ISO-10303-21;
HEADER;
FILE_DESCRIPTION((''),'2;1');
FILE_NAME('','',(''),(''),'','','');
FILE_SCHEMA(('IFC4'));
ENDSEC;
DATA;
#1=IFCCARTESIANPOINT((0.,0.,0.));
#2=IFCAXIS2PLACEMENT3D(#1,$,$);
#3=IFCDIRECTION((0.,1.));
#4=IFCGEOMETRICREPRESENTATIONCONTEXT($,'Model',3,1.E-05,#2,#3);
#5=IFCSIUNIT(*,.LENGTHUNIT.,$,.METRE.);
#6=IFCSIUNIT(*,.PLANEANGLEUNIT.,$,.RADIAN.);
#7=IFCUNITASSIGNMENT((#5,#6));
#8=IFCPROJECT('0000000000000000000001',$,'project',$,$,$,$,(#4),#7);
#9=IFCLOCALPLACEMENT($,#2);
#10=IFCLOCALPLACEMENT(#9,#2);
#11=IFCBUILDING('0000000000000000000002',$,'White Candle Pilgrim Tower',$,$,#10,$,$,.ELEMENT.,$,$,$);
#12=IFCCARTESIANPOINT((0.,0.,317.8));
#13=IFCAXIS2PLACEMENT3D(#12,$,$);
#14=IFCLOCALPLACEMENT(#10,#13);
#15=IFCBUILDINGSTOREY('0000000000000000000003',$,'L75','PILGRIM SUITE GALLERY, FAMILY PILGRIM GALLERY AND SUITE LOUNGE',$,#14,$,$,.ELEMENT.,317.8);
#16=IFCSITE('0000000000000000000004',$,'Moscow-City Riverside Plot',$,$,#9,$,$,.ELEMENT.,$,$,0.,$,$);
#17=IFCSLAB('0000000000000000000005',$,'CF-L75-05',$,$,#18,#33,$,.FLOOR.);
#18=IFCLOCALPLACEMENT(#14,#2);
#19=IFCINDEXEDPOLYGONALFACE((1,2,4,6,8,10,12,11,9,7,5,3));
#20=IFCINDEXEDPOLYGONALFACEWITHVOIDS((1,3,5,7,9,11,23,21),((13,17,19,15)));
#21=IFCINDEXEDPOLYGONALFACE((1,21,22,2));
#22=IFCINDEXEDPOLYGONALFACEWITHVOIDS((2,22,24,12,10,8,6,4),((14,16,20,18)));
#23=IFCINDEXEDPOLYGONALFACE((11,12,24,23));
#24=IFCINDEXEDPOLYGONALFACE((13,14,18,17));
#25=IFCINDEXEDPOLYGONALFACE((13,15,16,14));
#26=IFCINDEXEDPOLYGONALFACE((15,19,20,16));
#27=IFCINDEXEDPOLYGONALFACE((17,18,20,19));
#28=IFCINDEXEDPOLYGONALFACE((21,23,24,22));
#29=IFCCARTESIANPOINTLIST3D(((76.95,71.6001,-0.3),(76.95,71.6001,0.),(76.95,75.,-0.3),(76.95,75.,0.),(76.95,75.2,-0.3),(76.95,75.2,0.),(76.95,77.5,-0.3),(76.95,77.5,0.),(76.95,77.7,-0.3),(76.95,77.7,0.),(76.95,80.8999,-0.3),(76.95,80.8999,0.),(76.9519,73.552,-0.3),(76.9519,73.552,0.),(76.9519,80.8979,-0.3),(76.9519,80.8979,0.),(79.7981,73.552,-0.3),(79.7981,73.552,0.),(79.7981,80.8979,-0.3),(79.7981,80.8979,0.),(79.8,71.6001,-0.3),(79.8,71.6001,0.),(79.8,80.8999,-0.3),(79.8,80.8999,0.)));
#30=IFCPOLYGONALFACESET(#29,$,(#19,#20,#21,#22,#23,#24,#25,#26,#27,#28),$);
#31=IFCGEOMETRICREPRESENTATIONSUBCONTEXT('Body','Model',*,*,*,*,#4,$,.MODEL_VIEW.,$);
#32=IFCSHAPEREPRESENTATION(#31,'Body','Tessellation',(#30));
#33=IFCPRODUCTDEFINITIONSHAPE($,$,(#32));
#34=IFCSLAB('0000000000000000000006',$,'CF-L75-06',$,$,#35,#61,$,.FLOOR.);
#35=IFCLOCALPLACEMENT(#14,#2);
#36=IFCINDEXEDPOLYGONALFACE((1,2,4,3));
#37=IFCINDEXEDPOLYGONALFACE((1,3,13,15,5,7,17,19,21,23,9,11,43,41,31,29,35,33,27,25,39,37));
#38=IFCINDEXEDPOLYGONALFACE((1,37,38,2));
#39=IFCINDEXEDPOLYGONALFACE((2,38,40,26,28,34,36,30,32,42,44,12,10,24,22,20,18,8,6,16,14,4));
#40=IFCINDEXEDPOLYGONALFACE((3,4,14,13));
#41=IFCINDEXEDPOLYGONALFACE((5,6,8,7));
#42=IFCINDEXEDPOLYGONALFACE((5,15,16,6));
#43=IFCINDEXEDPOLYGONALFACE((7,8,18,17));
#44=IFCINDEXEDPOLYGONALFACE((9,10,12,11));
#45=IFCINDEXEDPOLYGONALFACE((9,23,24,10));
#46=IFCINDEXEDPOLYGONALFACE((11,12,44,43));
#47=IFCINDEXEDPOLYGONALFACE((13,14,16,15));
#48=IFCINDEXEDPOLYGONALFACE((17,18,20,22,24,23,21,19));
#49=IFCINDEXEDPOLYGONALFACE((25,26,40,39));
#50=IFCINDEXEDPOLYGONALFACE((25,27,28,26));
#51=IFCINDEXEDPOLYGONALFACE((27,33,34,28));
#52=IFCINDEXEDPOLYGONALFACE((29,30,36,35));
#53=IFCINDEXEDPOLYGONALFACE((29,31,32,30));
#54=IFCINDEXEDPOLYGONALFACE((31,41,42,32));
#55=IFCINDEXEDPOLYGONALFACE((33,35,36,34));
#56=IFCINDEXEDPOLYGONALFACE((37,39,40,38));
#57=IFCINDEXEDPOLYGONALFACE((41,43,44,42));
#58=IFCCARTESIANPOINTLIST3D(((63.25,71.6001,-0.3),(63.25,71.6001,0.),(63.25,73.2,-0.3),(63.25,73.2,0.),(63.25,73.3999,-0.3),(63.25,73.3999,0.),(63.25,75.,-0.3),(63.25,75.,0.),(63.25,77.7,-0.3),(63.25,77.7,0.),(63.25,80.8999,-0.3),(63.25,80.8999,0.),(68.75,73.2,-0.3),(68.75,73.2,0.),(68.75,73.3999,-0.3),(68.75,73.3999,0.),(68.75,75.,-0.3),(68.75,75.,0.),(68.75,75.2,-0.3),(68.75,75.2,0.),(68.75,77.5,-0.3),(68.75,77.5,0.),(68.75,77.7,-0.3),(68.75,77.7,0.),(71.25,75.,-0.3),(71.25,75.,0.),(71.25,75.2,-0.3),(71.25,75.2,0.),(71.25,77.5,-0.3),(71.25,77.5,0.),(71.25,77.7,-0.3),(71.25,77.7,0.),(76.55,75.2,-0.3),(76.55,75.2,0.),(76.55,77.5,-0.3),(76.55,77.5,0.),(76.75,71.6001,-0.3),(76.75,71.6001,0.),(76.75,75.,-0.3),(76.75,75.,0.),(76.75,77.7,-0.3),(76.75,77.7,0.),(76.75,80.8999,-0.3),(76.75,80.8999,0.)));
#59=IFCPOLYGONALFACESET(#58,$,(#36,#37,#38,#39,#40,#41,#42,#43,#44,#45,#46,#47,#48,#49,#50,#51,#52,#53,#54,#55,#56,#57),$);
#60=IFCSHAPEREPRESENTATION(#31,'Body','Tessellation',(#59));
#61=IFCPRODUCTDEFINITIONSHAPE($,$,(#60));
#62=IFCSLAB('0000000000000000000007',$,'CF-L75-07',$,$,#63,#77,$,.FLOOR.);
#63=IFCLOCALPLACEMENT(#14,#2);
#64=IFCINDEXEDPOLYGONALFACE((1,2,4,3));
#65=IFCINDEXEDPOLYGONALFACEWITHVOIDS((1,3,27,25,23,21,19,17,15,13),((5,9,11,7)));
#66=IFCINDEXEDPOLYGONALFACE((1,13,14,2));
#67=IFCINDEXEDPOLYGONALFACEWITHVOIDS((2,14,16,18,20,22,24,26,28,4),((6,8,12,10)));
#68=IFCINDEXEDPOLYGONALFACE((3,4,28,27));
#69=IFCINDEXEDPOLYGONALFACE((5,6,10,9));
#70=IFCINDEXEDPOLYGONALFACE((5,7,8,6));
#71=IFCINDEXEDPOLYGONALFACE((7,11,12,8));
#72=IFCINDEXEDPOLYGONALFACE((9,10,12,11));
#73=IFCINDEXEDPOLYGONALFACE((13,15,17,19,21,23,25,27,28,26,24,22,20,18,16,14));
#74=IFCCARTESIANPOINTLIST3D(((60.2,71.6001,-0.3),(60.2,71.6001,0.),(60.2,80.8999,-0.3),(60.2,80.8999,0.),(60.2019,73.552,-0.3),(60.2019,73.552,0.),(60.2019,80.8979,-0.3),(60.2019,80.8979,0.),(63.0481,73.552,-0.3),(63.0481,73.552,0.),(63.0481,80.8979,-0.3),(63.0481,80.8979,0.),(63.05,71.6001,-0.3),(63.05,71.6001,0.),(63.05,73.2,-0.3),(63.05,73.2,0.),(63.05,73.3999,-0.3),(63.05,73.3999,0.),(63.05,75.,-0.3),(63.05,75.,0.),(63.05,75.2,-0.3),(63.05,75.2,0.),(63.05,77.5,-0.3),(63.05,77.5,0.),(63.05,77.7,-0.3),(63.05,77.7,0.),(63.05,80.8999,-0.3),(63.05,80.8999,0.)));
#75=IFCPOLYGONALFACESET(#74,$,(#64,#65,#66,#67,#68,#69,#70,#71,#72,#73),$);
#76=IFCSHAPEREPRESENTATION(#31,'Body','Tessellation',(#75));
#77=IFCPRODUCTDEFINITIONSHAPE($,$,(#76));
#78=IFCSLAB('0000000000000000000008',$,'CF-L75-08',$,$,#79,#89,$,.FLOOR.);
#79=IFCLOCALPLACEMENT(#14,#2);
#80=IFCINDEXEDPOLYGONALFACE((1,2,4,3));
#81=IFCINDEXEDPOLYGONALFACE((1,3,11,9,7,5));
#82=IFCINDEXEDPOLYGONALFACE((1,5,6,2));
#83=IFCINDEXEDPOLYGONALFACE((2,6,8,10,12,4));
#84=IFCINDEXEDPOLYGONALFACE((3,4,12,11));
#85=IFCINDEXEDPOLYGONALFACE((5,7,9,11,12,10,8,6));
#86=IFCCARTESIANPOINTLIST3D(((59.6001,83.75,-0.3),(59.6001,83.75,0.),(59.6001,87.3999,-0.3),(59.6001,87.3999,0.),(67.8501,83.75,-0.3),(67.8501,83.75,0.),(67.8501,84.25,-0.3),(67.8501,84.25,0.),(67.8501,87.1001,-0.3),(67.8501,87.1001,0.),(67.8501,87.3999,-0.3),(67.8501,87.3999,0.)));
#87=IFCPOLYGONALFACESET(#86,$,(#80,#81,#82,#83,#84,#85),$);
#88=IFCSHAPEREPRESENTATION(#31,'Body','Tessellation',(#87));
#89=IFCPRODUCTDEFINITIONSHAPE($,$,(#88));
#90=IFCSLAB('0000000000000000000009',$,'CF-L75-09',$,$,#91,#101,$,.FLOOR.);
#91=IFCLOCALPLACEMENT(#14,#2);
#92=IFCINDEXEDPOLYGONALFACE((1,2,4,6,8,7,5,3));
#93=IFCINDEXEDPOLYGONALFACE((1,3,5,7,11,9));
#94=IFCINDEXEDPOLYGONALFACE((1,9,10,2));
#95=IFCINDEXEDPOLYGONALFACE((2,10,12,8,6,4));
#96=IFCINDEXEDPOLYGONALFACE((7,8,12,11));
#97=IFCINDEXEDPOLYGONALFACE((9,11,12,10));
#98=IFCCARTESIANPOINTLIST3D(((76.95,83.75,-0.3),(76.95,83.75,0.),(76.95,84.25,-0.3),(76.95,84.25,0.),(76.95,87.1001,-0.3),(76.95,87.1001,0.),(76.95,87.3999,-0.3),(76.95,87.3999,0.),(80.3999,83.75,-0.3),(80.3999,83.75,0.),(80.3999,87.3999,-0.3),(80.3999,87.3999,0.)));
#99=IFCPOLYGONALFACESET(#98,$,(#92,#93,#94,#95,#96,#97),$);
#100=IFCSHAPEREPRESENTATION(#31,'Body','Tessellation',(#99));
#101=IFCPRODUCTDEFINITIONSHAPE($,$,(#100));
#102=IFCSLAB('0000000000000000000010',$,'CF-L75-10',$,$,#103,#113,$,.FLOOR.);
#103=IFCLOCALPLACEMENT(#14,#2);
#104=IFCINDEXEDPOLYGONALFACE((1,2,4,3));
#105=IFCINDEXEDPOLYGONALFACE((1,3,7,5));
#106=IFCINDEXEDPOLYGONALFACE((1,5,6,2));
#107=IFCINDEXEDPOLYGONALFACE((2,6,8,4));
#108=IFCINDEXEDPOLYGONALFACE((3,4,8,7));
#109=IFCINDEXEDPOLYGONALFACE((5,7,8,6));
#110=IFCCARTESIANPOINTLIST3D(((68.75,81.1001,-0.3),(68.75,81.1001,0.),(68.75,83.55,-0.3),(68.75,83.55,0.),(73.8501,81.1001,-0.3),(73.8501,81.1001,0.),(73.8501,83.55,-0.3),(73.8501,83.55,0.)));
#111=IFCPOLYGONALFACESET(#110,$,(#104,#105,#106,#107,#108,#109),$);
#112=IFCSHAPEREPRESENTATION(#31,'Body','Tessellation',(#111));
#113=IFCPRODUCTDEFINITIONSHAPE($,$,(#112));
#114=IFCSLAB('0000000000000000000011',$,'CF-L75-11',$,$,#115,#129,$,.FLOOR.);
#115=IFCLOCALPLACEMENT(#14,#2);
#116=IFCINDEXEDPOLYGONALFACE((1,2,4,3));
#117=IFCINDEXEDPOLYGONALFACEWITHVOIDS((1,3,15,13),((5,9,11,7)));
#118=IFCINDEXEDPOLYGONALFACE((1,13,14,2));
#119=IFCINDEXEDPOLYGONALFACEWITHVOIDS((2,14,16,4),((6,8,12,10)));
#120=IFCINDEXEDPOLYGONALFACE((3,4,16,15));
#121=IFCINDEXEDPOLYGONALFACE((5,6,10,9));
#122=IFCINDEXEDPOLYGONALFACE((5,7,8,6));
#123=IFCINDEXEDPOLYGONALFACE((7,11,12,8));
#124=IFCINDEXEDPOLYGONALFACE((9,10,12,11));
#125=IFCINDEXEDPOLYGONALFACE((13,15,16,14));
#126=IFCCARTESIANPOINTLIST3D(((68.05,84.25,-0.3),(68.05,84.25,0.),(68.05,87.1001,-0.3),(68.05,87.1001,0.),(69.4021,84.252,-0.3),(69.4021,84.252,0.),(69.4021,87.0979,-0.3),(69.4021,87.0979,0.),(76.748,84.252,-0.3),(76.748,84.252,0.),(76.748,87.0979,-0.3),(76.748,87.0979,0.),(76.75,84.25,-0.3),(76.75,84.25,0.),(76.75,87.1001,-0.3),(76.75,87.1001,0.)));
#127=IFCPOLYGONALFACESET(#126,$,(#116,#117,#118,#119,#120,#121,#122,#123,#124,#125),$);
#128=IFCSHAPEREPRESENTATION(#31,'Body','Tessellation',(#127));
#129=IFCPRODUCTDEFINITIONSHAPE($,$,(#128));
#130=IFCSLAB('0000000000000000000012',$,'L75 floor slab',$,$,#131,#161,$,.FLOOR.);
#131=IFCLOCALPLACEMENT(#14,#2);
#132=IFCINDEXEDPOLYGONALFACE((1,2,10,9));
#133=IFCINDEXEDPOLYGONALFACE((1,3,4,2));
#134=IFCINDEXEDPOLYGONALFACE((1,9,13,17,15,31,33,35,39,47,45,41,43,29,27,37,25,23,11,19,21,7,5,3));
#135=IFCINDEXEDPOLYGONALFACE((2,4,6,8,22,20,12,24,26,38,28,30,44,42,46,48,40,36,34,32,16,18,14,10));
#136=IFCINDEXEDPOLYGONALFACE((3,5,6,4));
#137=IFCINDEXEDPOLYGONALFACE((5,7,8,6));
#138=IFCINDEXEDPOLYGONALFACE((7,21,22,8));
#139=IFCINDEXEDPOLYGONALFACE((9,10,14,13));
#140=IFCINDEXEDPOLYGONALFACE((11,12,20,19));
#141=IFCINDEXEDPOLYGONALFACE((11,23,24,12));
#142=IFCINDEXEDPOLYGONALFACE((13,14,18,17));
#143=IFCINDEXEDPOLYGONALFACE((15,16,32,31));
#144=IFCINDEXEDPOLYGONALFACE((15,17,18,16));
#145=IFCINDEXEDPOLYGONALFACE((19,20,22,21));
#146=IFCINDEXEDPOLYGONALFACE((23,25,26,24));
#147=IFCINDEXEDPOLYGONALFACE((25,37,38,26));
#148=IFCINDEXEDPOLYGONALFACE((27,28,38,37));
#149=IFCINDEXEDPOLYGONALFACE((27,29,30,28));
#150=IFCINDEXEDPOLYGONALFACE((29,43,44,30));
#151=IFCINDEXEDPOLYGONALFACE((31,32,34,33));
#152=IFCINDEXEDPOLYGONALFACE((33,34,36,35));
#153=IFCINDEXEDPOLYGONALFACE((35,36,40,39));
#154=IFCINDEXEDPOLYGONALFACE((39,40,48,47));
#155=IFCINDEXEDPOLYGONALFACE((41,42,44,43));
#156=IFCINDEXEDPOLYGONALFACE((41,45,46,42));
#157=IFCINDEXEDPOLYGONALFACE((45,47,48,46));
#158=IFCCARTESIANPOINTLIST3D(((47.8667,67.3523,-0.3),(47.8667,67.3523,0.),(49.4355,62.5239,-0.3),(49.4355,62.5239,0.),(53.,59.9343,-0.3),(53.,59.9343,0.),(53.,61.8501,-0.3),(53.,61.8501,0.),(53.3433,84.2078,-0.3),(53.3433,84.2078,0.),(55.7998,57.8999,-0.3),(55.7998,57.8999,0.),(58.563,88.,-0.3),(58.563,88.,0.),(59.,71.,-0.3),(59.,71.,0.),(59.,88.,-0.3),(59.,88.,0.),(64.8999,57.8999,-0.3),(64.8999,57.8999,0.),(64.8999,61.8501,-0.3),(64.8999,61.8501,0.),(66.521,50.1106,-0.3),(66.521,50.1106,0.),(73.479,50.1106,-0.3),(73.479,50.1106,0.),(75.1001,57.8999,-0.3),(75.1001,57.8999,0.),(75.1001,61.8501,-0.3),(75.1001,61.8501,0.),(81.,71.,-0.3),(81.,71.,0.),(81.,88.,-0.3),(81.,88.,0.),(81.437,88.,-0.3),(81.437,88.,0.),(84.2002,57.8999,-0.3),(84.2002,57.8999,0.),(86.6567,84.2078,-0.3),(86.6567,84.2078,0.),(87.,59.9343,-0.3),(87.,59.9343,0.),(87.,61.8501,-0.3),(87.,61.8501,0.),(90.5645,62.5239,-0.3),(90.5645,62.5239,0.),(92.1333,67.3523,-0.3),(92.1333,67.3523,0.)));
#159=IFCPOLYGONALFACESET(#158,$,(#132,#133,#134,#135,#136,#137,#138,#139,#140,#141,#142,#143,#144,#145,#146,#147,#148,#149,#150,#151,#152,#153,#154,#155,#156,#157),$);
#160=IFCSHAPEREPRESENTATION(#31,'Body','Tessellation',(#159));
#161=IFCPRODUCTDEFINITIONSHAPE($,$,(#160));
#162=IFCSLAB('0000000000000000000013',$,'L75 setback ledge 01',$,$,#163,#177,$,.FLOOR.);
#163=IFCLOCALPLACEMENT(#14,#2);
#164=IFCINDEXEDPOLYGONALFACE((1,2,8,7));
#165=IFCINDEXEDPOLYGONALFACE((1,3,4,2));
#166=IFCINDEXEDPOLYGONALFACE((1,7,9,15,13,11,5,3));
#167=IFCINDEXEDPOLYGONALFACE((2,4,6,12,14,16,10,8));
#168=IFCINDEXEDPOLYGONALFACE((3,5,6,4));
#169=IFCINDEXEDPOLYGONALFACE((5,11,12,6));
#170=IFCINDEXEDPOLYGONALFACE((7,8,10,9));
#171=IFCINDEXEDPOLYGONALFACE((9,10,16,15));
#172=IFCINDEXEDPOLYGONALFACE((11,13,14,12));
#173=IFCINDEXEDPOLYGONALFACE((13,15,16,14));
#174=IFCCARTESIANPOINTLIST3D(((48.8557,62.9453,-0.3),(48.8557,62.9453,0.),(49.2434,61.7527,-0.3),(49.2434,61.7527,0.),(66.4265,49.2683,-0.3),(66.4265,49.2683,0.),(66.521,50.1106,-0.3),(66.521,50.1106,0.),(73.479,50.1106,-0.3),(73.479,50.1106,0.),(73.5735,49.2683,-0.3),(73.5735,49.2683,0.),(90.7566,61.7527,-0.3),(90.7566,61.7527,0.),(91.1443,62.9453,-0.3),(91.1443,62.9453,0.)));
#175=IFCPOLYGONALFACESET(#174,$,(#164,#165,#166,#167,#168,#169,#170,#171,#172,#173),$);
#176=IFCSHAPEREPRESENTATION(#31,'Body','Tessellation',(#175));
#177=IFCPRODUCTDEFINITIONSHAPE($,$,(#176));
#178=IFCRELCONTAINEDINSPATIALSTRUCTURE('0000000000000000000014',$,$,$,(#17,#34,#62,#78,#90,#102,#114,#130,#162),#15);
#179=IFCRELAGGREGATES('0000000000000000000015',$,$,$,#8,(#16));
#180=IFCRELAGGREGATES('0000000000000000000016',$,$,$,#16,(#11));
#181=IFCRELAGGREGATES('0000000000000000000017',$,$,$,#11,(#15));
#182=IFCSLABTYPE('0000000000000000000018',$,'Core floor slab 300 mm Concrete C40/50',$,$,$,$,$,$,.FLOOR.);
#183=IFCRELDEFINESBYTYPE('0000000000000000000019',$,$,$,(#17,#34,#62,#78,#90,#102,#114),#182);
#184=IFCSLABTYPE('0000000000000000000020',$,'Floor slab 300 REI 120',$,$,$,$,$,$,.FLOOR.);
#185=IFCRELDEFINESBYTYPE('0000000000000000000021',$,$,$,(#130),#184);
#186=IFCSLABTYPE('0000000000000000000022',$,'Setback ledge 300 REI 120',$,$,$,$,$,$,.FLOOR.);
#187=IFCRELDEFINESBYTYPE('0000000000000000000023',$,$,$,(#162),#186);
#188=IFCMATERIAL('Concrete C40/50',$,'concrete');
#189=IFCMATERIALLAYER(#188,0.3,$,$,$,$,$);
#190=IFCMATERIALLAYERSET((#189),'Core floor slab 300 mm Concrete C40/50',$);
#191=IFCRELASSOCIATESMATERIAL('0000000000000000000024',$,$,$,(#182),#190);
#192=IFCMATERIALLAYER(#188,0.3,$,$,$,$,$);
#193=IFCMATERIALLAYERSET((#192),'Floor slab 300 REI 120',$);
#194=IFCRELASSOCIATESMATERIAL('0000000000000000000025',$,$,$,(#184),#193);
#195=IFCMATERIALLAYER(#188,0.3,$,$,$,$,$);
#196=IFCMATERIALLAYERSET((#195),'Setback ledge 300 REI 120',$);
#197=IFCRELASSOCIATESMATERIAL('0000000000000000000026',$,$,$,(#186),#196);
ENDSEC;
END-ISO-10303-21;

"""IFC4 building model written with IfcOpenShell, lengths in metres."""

from ifc_helpers import new_model, si_unit, direction, frame, origin, place, context, subcontext, project, spatial, polyline, outline, extrude, material, layer, layer_set, type_object, element, save


model = new_model("IFC4")

# Units and contexts
model_context = context("Model", 3, precision=1e-05, world=origin(), true_north=direction((0.0, 1.0)))
body_context = subcontext(model_context, "Body", "Model", "MODEL_VIEW")
ifc_project = project(units=[si_unit("LENGTHUNIT", "METRE"), si_unit("PLANEANGLEUNIT", "RADIAN")], contexts=[model_context])

# Site, building, storey
site_placement = place(None, origin())
site = spatial("IfcSite", under=ifc_project, at=site_placement, Name="Moscow-City Riverside Plot", CompositionType="ELEMENT", RefElevation=0.0)
building_placement = place(site_placement, origin())
building = spatial("IfcBuilding", under=site, at=building_placement, Name="White Candle Pilgrim Tower", CompositionType="ELEMENT")
storey_placement = place(building_placement, frame((0.0, 0.0, 317.8)))
storey = spatial("IfcBuildingStorey", under=building, at=storey_placement, Name="L75", Description="PILGRIM SUITE GALLERY, FAMILY PILGRIM GALLERY AND SUITE LOUNGE", CompositionType="ELEMENT", Elevation=317.8)

# Slabs
ifc_material_1 = material(Name="Concrete C40/50", Category="concrete")
ifc_layer_1 = layer(ifc_material_1, 0.3)
ifc_layer_set_1 = layer_set([ifc_layer_1], Name="Core floor slab 300 mm Concrete C40/50")
slab_type_1 = type_object("IfcSlabType", Name="Core floor slab 300 mm Concrete C40/50", PredefinedType="FLOOR", material=ifc_layer_set_1)
slab_1_placement = place(storey_placement, frame((0.0, 0.0, -0.3)))
element("IfcSlab", 1, at=slab_1_placement, inside=storey, type_object=slab_type_1, Name="CF-L75-05", PredefinedType="FLOOR", context=body_context, shape_type="SweptSolid", body=[
    extrude(outline(polyline([(76.95, 71.6001), (76.95, 75.0), (76.95, 75.2), (76.95, 77.5), (76.95, 77.7), (76.95, 80.8999), (79.8, 80.8999), (79.8, 71.6001), (76.95, 71.6001)]), holes=[polyline([(76.9519, 73.552), (79.7981, 73.552), (79.7981, 80.8979), (76.9519, 80.8979), (76.9519, 73.552)])]), origin(), (0.0, 0.0, 1.0), 0.3),
])
slab_2_placement = place(storey_placement, frame((0.0, 0.0, -0.3)))
element("IfcSlab", 2, at=slab_2_placement, inside=storey, type_object=slab_type_1, Name="CF-L75-06", PredefinedType="FLOOR", context=body_context, shape_type="SweptSolid", body=[
    extrude(outline(polyline([(63.25, 71.6001), (63.25, 73.2), (68.75, 73.2), (68.75, 73.3999), (63.25, 73.3999), (63.25, 75.0), (68.75, 75.0), (68.75, 75.2), (68.75, 77.5), (68.75, 77.7), (63.25, 77.7), (63.25, 80.8999), (76.75, 80.8999), (76.75, 77.7), (71.25, 77.7), (71.25, 77.5), (76.55, 77.5), (76.55, 75.2), (71.25, 75.2), (71.25, 75.0), (76.75, 75.0), (76.75, 71.6001), (63.25, 71.6001)])), origin(), (0.0, 0.0, 1.0), 0.3),
])
slab_3_placement = place(storey_placement, frame((0.0, 0.0, -0.3)))
element("IfcSlab", 3, at=slab_3_placement, inside=storey, type_object=slab_type_1, Name="CF-L75-07", PredefinedType="FLOOR", context=body_context, shape_type="SweptSolid", body=[
    extrude(outline(polyline([(60.2, 71.6001), (60.2, 80.8999), (63.05, 80.8999), (63.05, 77.7), (63.05, 77.5), (63.05, 75.2), (63.05, 75.0), (63.05, 73.3999), (63.05, 73.2), (63.05, 71.6001), (60.2, 71.6001)]), holes=[polyline([(60.2019, 73.552), (63.0481, 73.552), (63.0481, 80.8979), (60.2019, 80.8979), (60.2019, 73.552)])]), origin(), (0.0, 0.0, 1.0), 0.3),
])
slab_4_placement = place(storey_placement, frame((0.0, 0.0, -0.3)))
element("IfcSlab", 4, at=slab_4_placement, inside=storey, type_object=slab_type_1, Name="CF-L75-08", PredefinedType="FLOOR", context=body_context, shape_type="SweptSolid", body=[
    extrude(outline(polyline([(59.6001, 87.3999), (67.8501, 87.3999), (67.8501, 87.1001), (67.8501, 84.25), (67.8501, 83.75), (59.6001, 83.75), (59.6001, 87.3999)])), origin(), (0.0, 0.0, 1.0), 0.3),
])
slab_5_placement = place(storey_placement, frame((0.0, 0.0, -0.3)))
element("IfcSlab", 5, at=slab_5_placement, inside=storey, type_object=slab_type_1, Name="CF-L75-09", PredefinedType="FLOOR", context=body_context, shape_type="SweptSolid", body=[
    extrude(outline(polyline([(80.3999, 87.3999), (80.3999, 83.75), (76.95, 83.75), (76.95, 84.25), (76.95, 87.1001), (76.95, 87.3999), (80.3999, 87.3999)])), origin(), (0.0, 0.0, 1.0), 0.3),
])
slab_6_placement = place(storey_placement, frame((0.0, 0.0, -0.3)))
element("IfcSlab", 6, at=slab_6_placement, inside=storey, type_object=slab_type_1, Name="CF-L75-10", PredefinedType="FLOOR", context=body_context, shape_type="SweptSolid", body=[
    extrude(outline(polyline([(68.75, 81.1001), (68.75, 83.55), (73.8501, 83.55), (73.8501, 81.1001), (68.75, 81.1001)])), origin(), (0.0, 0.0, 1.0), 0.3),
])
slab_7_placement = place(storey_placement, frame((0.0, 0.0, -0.3)))
element("IfcSlab", 7, at=slab_7_placement, inside=storey, type_object=slab_type_1, Name="CF-L75-11", PredefinedType="FLOOR", context=body_context, shape_type="SweptSolid", body=[
    extrude(outline(polyline([(68.05, 87.1001), (76.75, 87.1001), (76.75, 84.25), (68.05, 84.25), (68.05, 87.1001)]), holes=[polyline([(69.4021, 84.252), (76.748, 84.252), (76.748, 87.0979), (69.4021, 87.0979), (69.4021, 84.252)])]), origin(), (0.0, 0.0, 1.0), 0.3),
])
ifc_layer_2 = layer(ifc_material_1, 0.3)
ifc_layer_set_2 = layer_set([ifc_layer_2], Name="Floor slab 300 REI 120")
slab_type_2 = type_object("IfcSlabType", Name="Floor slab 300 REI 120", PredefinedType="FLOOR", material=ifc_layer_set_2)
slab_8_placement = place(storey_placement, frame((0.0, 0.0, -0.3)))
element("IfcSlab", 8, at=slab_8_placement, inside=storey, type_object=slab_type_2, Name="L75 floor slab", PredefinedType="FLOOR", context=body_context, shape_type="SweptSolid", body=[
    extrude(outline(polyline([(66.521, 50.1106), (73.479, 50.1106), (84.2002, 57.8999), (75.1001, 57.8999), (75.1001, 61.8501), (87.0, 61.8501), (87.0, 59.9343), (90.5645, 62.5239), (92.1333, 67.3523), (86.6567, 84.2078), (81.437, 88.0), (81.0, 88.0), (81.0, 71.0), (59.0, 71.0), (59.0, 88.0), (58.563, 88.0), (53.3433, 84.2078), (47.8667, 67.3523), (49.4355, 62.5239), (53.0, 59.9343), (53.0, 61.8501), (64.8999, 61.8501), (64.8999, 57.8999), (55.7998, 57.8999), (66.521, 50.1106)])), origin(), (0.0, 0.0, 1.0), 0.3),
])
ifc_layer_3 = layer(ifc_material_1, 0.3)
ifc_layer_set_3 = layer_set([ifc_layer_3], Name="Setback ledge 300 REI 120")
slab_type_3 = type_object("IfcSlabType", Name="Setback ledge 300 REI 120", PredefinedType="FLOOR", material=ifc_layer_set_3)
slab_9_placement = place(storey_placement, frame((0.0, 0.0, -0.3)))
element("IfcSlab", 9, at=slab_9_placement, inside=storey, type_object=slab_type_3, Name="L75 setback ledge 01", PredefinedType="FLOOR", context=body_context, shape_type="SweptSolid", body=[
    extrude(outline(polyline([(66.4265, 49.2683), (73.5735, 49.2683), (90.7566, 61.7527), (91.1443, 62.9453), (73.479, 50.1106), (66.521, 50.1106), (48.8557, 62.9453), (49.2434, 61.7527), (66.4265, 49.2683)])), origin(), (0.0, 0.0, 1.0), 0.3),
])

save(model, "model.ifc")
